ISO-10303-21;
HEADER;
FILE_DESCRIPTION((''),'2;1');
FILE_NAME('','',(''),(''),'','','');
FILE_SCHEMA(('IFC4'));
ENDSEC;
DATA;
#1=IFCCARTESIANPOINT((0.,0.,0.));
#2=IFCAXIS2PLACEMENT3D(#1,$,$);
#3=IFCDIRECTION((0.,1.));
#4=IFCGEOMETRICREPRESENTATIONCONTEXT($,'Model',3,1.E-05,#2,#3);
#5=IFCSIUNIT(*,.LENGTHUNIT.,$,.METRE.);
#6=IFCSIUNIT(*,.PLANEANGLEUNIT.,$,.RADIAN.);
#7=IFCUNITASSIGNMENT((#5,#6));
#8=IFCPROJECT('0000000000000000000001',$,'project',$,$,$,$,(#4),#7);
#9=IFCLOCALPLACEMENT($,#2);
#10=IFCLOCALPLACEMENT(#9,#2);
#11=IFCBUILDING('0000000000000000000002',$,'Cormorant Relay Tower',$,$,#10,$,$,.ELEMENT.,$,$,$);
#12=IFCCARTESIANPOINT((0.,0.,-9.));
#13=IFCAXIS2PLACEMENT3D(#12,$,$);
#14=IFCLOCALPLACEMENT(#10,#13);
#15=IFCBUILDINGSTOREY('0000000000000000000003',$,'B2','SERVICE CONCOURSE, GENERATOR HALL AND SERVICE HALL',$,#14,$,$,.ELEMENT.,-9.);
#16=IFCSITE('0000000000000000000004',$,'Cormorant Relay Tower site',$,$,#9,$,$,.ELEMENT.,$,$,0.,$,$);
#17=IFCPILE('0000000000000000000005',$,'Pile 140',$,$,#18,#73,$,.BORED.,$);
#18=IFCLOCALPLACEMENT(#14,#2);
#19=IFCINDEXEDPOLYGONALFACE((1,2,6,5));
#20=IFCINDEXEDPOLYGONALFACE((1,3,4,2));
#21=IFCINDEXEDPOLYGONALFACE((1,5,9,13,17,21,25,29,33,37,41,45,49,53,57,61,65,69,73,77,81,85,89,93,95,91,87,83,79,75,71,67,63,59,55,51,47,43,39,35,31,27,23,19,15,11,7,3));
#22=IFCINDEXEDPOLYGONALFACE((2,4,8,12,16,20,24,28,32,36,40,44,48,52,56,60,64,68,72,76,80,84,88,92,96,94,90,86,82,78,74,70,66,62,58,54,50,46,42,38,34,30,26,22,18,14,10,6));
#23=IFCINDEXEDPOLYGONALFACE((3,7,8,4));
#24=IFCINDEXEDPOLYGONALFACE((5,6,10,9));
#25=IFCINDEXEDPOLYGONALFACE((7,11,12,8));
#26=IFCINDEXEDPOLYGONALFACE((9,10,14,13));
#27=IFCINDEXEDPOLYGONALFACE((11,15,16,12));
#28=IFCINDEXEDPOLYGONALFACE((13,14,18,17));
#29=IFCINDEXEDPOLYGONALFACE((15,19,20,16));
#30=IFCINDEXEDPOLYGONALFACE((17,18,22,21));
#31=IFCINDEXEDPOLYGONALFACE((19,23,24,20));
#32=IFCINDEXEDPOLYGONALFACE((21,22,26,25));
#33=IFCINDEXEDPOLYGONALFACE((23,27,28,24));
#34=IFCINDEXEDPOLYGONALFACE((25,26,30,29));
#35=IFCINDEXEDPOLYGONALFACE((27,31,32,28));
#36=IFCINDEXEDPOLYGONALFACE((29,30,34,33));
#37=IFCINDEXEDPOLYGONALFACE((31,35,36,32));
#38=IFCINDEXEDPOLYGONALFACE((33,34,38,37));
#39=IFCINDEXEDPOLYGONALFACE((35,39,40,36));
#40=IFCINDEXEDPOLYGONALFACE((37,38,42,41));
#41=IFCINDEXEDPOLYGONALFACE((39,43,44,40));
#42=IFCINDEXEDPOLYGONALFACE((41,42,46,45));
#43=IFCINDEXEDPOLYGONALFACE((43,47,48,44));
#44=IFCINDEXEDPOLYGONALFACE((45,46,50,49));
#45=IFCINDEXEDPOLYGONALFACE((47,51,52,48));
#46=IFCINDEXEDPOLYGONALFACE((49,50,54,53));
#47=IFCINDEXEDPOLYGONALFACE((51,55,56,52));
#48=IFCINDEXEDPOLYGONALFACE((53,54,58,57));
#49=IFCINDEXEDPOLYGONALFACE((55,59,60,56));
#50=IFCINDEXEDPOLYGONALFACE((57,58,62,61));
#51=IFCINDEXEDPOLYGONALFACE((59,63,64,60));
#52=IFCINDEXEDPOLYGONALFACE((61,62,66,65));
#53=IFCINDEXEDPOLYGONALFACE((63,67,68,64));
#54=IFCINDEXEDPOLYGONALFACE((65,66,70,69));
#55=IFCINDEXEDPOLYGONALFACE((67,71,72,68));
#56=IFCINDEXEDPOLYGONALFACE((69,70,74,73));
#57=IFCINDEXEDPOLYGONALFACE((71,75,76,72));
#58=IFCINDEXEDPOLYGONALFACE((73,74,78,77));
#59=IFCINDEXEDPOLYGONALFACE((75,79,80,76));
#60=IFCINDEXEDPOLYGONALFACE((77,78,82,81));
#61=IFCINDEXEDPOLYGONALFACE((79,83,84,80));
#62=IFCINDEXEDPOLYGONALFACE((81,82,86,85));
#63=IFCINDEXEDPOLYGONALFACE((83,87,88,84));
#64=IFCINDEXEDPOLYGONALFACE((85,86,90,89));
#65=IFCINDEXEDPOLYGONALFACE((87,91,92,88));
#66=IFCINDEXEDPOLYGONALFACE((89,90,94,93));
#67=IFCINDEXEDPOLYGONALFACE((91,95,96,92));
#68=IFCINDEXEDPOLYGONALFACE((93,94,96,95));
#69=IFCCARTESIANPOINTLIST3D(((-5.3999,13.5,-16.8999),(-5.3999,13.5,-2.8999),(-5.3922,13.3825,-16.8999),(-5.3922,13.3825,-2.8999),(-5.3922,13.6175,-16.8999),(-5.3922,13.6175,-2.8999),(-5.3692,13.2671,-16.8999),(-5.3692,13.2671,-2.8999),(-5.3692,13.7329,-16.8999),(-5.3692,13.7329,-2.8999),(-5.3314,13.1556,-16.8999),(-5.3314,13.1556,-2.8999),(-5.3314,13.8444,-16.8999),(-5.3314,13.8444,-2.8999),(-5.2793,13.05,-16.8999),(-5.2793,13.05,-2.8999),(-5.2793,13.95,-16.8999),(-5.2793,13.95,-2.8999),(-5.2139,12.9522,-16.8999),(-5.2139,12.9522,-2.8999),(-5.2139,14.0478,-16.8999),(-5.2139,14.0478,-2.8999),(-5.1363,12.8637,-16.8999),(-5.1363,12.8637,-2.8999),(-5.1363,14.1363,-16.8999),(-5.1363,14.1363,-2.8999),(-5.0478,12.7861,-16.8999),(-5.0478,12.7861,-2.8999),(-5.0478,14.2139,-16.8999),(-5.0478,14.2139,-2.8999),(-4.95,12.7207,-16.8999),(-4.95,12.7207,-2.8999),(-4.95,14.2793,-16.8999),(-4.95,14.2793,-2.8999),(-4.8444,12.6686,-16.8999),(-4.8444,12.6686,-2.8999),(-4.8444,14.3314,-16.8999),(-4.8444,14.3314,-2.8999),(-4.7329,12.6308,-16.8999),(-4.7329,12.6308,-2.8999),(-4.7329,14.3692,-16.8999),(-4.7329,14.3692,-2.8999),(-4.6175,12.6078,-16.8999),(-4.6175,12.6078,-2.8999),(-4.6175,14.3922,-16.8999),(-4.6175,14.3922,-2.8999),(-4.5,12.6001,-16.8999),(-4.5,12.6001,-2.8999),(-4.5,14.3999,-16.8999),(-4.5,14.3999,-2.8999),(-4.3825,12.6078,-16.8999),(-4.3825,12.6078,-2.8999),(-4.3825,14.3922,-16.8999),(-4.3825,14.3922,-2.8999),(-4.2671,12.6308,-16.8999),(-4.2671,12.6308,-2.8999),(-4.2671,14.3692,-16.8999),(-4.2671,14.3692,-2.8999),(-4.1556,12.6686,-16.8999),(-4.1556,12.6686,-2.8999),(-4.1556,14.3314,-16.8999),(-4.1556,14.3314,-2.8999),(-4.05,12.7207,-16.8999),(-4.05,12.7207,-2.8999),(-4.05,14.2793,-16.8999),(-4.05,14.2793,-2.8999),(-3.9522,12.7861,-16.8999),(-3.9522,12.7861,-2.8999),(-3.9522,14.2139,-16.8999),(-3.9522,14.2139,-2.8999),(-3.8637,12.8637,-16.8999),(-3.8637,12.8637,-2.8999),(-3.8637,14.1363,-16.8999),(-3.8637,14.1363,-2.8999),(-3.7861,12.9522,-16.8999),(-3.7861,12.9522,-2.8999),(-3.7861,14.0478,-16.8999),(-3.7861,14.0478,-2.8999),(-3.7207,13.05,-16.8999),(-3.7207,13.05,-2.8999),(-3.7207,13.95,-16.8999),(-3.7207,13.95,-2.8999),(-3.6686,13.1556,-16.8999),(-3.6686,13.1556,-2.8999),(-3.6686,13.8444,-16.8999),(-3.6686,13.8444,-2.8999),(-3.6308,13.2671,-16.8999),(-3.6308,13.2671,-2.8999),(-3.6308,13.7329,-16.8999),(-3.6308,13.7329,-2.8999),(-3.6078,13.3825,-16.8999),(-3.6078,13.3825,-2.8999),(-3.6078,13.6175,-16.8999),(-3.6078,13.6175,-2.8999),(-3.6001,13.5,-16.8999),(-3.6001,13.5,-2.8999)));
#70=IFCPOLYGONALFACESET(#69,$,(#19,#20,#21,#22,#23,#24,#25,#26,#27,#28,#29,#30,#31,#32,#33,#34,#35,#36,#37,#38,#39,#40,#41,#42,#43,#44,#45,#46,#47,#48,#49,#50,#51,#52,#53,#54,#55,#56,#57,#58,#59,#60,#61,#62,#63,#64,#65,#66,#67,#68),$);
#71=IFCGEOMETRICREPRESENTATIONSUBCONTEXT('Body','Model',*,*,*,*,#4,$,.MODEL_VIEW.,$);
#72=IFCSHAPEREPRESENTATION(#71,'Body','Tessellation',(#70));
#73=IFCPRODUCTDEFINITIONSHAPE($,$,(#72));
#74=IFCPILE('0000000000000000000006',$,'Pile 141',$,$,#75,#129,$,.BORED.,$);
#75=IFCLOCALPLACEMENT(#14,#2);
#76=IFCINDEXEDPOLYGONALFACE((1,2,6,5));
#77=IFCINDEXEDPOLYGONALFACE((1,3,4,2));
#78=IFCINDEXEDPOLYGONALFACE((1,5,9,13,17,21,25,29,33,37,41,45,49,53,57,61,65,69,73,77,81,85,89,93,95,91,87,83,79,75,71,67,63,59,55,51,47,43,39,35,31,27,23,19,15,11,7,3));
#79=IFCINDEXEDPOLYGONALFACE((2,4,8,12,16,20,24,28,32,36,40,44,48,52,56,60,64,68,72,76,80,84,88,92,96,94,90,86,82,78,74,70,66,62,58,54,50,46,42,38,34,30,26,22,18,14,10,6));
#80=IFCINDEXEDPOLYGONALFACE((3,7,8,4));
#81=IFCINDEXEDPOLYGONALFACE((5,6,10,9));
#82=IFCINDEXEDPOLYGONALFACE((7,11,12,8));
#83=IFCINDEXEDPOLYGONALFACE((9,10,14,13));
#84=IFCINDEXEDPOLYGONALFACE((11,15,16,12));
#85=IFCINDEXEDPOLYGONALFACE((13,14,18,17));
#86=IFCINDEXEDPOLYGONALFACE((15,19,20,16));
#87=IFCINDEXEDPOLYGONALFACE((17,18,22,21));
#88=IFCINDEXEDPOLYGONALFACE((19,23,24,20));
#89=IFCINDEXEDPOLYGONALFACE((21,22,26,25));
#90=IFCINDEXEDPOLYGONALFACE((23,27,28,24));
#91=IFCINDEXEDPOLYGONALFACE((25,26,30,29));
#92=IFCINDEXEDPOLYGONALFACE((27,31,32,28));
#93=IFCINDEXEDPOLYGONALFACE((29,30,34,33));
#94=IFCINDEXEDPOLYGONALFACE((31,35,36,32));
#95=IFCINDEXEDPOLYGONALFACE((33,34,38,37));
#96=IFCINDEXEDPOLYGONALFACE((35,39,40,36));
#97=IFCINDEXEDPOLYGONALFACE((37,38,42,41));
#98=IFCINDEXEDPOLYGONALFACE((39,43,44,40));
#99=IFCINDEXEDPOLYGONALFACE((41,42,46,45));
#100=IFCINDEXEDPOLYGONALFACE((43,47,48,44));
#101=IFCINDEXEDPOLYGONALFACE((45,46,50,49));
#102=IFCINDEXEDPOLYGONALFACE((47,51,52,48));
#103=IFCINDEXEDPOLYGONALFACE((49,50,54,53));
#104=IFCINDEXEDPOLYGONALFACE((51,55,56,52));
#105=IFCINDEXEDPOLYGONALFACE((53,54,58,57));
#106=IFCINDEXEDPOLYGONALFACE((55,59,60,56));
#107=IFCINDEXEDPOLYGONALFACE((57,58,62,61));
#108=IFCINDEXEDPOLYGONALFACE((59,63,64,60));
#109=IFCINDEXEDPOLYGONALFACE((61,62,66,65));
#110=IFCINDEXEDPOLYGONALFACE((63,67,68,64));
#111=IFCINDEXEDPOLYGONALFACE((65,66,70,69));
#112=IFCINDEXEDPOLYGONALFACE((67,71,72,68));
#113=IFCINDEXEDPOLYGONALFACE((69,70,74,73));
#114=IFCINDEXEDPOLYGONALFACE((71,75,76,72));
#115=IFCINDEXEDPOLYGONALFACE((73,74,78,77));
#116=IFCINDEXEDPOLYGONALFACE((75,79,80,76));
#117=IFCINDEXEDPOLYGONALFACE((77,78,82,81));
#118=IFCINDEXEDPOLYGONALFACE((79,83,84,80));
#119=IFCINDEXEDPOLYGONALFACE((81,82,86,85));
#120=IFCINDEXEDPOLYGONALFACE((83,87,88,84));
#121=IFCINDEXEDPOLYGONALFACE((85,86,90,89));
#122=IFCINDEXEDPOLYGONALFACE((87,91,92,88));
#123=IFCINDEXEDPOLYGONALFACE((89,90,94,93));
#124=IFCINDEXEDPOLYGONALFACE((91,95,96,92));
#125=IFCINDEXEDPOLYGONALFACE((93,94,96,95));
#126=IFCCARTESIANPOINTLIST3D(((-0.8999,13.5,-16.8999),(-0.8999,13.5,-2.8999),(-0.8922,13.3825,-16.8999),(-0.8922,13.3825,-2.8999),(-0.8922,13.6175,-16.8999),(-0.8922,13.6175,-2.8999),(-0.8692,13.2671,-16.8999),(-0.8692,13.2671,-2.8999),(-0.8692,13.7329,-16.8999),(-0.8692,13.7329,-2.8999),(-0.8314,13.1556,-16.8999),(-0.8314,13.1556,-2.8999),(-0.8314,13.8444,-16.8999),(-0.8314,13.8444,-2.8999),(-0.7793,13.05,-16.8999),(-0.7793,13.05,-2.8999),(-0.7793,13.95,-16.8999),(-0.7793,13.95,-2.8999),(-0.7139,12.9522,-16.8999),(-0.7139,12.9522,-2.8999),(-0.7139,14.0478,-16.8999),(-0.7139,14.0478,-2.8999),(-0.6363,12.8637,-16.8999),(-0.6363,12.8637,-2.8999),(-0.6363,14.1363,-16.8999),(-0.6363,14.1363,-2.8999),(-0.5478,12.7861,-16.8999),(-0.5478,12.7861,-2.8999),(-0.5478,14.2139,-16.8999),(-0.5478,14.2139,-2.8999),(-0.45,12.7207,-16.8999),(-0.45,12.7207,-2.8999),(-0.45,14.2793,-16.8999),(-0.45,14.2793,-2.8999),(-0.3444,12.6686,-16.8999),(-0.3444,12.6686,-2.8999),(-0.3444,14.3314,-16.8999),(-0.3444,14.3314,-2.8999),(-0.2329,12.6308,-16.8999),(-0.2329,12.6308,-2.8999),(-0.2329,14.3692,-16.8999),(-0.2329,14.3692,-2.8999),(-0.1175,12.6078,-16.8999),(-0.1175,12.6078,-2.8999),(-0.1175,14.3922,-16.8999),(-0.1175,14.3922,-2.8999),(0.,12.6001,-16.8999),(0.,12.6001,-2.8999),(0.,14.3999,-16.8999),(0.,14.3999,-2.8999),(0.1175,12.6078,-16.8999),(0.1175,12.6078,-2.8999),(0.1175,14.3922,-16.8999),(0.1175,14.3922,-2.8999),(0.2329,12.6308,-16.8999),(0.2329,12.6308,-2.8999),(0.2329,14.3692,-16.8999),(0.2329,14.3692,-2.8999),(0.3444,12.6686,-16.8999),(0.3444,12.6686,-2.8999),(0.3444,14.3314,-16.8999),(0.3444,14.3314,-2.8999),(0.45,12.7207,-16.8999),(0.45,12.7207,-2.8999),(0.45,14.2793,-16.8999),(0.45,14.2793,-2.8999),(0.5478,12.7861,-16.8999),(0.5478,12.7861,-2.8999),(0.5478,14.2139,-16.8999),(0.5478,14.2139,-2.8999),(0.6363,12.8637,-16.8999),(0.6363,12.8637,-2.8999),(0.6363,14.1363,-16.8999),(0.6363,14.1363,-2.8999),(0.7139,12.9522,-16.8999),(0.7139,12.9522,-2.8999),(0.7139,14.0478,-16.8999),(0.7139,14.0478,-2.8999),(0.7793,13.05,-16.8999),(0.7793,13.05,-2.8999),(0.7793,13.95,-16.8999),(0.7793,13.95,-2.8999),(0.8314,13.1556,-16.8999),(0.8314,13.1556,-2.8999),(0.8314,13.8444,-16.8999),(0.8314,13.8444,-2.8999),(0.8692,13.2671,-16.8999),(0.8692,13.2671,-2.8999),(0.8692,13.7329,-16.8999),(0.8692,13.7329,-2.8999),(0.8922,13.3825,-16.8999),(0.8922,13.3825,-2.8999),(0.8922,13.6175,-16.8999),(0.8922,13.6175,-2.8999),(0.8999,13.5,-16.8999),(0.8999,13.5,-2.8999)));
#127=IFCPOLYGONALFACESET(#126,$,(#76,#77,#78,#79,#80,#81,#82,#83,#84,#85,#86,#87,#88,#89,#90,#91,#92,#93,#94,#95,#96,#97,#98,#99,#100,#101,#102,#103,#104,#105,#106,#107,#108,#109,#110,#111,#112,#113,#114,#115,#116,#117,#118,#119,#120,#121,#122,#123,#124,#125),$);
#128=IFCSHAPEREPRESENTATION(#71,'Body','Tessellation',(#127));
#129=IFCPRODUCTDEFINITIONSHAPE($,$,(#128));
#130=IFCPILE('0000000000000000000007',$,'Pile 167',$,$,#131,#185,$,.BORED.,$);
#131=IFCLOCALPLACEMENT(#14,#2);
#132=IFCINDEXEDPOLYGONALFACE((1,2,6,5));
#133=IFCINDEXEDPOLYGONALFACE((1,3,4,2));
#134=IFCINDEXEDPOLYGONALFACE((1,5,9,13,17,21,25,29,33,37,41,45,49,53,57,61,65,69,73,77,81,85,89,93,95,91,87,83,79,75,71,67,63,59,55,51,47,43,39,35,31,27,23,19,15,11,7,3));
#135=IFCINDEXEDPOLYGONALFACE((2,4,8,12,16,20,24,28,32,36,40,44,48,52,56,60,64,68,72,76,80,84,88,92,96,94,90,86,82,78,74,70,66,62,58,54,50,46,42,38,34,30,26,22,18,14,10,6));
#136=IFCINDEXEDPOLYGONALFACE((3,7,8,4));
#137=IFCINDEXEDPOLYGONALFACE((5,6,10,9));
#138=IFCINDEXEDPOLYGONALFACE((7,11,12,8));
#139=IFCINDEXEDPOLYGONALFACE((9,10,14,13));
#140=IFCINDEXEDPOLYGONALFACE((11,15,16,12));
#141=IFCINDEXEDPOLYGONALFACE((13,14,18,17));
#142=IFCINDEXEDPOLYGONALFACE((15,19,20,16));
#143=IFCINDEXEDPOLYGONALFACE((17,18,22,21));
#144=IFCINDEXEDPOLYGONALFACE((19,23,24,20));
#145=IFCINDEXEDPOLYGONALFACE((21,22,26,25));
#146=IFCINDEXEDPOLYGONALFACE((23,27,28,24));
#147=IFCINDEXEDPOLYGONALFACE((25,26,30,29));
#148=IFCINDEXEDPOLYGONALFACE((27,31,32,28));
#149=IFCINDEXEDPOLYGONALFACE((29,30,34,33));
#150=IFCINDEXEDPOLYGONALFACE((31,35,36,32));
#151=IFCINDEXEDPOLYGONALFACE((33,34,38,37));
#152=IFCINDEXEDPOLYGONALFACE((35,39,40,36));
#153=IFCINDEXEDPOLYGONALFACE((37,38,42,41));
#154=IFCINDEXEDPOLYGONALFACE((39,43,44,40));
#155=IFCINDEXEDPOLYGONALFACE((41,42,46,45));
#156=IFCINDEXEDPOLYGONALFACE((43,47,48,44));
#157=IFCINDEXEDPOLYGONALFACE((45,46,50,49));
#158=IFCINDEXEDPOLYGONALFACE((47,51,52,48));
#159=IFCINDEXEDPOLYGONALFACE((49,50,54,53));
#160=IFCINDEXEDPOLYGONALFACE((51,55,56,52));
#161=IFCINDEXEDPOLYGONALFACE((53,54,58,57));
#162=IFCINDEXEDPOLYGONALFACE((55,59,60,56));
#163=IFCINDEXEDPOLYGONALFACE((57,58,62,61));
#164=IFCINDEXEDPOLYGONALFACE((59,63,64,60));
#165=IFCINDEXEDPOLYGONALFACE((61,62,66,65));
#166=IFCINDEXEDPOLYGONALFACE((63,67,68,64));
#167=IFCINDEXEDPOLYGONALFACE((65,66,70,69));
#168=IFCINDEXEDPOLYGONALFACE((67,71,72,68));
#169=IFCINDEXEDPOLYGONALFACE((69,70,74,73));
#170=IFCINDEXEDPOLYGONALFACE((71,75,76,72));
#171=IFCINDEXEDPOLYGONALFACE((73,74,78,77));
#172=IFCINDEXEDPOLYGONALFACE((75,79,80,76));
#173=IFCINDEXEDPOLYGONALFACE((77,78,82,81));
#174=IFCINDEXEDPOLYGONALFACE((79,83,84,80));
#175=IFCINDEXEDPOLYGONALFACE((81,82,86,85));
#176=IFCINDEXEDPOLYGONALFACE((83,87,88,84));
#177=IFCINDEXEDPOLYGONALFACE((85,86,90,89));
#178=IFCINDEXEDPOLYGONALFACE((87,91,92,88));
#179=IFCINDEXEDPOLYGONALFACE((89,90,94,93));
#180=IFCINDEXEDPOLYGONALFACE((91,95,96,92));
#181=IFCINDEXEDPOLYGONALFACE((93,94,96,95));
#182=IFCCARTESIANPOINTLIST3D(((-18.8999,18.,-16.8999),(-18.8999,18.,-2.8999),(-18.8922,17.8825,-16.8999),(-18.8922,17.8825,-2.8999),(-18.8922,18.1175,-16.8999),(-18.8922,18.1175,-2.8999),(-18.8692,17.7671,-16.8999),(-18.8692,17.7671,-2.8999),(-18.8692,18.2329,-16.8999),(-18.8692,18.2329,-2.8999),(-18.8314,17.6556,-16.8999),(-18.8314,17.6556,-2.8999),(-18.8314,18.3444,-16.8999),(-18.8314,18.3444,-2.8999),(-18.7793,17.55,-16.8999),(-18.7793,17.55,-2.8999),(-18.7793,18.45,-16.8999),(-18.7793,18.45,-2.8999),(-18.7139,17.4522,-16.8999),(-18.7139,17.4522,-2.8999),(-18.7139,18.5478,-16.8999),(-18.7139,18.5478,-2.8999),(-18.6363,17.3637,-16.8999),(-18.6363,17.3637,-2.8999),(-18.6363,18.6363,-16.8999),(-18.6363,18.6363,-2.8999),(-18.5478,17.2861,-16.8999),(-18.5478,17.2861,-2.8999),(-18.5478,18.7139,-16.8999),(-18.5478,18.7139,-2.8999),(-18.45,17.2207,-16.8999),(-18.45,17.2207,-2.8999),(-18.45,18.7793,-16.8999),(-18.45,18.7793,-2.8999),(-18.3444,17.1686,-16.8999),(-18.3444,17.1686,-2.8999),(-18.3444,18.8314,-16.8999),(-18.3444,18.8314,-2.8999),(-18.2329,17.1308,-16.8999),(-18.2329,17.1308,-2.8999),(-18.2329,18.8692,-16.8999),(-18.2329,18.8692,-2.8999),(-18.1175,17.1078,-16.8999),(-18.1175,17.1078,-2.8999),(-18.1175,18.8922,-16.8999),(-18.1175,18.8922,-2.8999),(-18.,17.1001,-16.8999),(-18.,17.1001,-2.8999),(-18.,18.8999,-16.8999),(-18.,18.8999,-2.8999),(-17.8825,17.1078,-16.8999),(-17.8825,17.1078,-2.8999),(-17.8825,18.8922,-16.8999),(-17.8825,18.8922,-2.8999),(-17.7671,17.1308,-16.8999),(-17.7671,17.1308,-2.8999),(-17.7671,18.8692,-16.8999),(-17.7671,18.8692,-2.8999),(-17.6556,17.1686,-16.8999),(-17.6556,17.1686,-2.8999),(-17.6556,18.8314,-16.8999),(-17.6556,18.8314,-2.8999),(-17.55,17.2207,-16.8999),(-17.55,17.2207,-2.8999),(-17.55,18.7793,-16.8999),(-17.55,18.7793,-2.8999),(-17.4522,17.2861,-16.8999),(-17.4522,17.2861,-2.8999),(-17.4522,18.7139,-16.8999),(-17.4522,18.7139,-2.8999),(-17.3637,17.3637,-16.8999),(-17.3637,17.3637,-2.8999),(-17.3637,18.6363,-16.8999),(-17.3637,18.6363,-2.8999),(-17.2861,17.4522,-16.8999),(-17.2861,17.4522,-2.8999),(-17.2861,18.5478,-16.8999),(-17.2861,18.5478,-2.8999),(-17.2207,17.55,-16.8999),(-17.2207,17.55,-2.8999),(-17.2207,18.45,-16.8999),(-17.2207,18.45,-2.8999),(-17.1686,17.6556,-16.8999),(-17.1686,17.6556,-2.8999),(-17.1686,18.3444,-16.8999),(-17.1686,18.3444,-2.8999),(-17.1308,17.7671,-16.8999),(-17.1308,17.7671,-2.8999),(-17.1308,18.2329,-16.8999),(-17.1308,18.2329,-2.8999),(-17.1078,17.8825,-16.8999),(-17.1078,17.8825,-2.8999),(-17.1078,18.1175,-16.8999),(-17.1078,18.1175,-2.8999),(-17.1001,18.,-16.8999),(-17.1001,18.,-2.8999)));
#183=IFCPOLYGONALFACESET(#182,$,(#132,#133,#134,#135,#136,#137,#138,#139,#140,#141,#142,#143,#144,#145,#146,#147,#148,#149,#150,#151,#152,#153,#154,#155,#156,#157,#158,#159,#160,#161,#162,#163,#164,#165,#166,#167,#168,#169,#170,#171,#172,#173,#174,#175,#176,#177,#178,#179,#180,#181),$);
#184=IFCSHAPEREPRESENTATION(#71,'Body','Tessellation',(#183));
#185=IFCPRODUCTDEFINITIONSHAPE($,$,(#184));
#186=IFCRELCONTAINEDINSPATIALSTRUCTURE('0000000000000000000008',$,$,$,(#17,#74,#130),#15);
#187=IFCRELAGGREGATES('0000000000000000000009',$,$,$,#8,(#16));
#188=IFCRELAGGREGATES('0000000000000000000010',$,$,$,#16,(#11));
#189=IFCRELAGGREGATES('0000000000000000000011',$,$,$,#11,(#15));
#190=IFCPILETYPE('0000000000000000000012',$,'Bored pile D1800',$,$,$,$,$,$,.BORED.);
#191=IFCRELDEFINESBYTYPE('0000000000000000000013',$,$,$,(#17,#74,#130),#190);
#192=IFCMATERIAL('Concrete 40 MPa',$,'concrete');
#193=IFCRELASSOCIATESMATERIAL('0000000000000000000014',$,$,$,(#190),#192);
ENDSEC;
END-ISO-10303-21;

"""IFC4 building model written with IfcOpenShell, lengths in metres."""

from ifc_helpers import new_model, si_unit, direction, frame, origin, origin_2d, place, context, subcontext, project, spatial, circle, extrude, material, material_profile, profile_set, type_object, element, save


model = new_model("IFC4")

# Units and contexts
model_context = context("Model", 3, precision=1e-05, world=origin(), true_north=direction((0.0, 1.0)))
body_context = subcontext(model_context, "Body", "Model", "MODEL_VIEW")
ifc_project = project(units=[si_unit("LENGTHUNIT", "METRE"), si_unit("PLANEANGLEUNIT", "RADIAN")], contexts=[model_context])

# Site, building, storey
site_placement = place(None, origin())
site = spatial("IfcSite", under=ifc_project, at=site_placement, Name="Cormorant Relay Tower site", CompositionType="ELEMENT", RefElevation=0.0)
building_placement = place(site_placement, origin())
building = spatial("IfcBuilding", under=site, at=building_placement, Name="Cormorant Relay Tower", CompositionType="ELEMENT")
storey_placement = place(building_placement, frame((0.0, 0.0, -9.0)))
storey = spatial("IfcBuildingStorey", under=building, at=storey_placement, Name="B2", Description="SERVICE CONCOURSE, GENERATOR HALL AND SERVICE HALL", CompositionType="ELEMENT", Elevation=-9.0)

# Piles
ifc_material_1 = material(Name="Concrete 40 MPa", Category="concrete")
ifc_material_profile_1 = material_profile(ifc_material_1, circle(Radius=0.8999, at=origin_2d()), Name="BP1800")
ifc_profile_set_1 = profile_set([ifc_material_profile_1], Name="Concrete 40 MPa")
pile_type = type_object("IfcPileType", Name="Bored pile D1800", PredefinedType="BORED", material=ifc_profile_set_1)
for number, where, z_axis, x_axis, name in (
    (1, (-4.5, 13.5, -2.8999), (0.0, 0.0, -1.0), (1.0, 0.0, 0.0), "Pile 140"),
    (2, (0.0, 13.5, -2.8999), (0.0, 0.0, -1.0), (1.0, 0.0, 0.0), "Pile 141"),
    (3, (-18.0, 18.0, -2.8999), (0.0, 0.0, -1.0), (1.0, 0.0, 0.0), "Pile 167"),
):
    element("IfcPile", number, at=place(storey_placement, frame(where, z_axis=z_axis, x_axis=x_axis)), inside=storey, type_object=pile_type, Name=name, PredefinedType="BORED", context=body_context, shape_type="SweptSolid", body=[
        extrude(circle(Radius=0.8999, at=origin_2d()), origin(), (0.0, 0.0, 1.0), 14.0),
    ])

save(model, "model.ifc")
